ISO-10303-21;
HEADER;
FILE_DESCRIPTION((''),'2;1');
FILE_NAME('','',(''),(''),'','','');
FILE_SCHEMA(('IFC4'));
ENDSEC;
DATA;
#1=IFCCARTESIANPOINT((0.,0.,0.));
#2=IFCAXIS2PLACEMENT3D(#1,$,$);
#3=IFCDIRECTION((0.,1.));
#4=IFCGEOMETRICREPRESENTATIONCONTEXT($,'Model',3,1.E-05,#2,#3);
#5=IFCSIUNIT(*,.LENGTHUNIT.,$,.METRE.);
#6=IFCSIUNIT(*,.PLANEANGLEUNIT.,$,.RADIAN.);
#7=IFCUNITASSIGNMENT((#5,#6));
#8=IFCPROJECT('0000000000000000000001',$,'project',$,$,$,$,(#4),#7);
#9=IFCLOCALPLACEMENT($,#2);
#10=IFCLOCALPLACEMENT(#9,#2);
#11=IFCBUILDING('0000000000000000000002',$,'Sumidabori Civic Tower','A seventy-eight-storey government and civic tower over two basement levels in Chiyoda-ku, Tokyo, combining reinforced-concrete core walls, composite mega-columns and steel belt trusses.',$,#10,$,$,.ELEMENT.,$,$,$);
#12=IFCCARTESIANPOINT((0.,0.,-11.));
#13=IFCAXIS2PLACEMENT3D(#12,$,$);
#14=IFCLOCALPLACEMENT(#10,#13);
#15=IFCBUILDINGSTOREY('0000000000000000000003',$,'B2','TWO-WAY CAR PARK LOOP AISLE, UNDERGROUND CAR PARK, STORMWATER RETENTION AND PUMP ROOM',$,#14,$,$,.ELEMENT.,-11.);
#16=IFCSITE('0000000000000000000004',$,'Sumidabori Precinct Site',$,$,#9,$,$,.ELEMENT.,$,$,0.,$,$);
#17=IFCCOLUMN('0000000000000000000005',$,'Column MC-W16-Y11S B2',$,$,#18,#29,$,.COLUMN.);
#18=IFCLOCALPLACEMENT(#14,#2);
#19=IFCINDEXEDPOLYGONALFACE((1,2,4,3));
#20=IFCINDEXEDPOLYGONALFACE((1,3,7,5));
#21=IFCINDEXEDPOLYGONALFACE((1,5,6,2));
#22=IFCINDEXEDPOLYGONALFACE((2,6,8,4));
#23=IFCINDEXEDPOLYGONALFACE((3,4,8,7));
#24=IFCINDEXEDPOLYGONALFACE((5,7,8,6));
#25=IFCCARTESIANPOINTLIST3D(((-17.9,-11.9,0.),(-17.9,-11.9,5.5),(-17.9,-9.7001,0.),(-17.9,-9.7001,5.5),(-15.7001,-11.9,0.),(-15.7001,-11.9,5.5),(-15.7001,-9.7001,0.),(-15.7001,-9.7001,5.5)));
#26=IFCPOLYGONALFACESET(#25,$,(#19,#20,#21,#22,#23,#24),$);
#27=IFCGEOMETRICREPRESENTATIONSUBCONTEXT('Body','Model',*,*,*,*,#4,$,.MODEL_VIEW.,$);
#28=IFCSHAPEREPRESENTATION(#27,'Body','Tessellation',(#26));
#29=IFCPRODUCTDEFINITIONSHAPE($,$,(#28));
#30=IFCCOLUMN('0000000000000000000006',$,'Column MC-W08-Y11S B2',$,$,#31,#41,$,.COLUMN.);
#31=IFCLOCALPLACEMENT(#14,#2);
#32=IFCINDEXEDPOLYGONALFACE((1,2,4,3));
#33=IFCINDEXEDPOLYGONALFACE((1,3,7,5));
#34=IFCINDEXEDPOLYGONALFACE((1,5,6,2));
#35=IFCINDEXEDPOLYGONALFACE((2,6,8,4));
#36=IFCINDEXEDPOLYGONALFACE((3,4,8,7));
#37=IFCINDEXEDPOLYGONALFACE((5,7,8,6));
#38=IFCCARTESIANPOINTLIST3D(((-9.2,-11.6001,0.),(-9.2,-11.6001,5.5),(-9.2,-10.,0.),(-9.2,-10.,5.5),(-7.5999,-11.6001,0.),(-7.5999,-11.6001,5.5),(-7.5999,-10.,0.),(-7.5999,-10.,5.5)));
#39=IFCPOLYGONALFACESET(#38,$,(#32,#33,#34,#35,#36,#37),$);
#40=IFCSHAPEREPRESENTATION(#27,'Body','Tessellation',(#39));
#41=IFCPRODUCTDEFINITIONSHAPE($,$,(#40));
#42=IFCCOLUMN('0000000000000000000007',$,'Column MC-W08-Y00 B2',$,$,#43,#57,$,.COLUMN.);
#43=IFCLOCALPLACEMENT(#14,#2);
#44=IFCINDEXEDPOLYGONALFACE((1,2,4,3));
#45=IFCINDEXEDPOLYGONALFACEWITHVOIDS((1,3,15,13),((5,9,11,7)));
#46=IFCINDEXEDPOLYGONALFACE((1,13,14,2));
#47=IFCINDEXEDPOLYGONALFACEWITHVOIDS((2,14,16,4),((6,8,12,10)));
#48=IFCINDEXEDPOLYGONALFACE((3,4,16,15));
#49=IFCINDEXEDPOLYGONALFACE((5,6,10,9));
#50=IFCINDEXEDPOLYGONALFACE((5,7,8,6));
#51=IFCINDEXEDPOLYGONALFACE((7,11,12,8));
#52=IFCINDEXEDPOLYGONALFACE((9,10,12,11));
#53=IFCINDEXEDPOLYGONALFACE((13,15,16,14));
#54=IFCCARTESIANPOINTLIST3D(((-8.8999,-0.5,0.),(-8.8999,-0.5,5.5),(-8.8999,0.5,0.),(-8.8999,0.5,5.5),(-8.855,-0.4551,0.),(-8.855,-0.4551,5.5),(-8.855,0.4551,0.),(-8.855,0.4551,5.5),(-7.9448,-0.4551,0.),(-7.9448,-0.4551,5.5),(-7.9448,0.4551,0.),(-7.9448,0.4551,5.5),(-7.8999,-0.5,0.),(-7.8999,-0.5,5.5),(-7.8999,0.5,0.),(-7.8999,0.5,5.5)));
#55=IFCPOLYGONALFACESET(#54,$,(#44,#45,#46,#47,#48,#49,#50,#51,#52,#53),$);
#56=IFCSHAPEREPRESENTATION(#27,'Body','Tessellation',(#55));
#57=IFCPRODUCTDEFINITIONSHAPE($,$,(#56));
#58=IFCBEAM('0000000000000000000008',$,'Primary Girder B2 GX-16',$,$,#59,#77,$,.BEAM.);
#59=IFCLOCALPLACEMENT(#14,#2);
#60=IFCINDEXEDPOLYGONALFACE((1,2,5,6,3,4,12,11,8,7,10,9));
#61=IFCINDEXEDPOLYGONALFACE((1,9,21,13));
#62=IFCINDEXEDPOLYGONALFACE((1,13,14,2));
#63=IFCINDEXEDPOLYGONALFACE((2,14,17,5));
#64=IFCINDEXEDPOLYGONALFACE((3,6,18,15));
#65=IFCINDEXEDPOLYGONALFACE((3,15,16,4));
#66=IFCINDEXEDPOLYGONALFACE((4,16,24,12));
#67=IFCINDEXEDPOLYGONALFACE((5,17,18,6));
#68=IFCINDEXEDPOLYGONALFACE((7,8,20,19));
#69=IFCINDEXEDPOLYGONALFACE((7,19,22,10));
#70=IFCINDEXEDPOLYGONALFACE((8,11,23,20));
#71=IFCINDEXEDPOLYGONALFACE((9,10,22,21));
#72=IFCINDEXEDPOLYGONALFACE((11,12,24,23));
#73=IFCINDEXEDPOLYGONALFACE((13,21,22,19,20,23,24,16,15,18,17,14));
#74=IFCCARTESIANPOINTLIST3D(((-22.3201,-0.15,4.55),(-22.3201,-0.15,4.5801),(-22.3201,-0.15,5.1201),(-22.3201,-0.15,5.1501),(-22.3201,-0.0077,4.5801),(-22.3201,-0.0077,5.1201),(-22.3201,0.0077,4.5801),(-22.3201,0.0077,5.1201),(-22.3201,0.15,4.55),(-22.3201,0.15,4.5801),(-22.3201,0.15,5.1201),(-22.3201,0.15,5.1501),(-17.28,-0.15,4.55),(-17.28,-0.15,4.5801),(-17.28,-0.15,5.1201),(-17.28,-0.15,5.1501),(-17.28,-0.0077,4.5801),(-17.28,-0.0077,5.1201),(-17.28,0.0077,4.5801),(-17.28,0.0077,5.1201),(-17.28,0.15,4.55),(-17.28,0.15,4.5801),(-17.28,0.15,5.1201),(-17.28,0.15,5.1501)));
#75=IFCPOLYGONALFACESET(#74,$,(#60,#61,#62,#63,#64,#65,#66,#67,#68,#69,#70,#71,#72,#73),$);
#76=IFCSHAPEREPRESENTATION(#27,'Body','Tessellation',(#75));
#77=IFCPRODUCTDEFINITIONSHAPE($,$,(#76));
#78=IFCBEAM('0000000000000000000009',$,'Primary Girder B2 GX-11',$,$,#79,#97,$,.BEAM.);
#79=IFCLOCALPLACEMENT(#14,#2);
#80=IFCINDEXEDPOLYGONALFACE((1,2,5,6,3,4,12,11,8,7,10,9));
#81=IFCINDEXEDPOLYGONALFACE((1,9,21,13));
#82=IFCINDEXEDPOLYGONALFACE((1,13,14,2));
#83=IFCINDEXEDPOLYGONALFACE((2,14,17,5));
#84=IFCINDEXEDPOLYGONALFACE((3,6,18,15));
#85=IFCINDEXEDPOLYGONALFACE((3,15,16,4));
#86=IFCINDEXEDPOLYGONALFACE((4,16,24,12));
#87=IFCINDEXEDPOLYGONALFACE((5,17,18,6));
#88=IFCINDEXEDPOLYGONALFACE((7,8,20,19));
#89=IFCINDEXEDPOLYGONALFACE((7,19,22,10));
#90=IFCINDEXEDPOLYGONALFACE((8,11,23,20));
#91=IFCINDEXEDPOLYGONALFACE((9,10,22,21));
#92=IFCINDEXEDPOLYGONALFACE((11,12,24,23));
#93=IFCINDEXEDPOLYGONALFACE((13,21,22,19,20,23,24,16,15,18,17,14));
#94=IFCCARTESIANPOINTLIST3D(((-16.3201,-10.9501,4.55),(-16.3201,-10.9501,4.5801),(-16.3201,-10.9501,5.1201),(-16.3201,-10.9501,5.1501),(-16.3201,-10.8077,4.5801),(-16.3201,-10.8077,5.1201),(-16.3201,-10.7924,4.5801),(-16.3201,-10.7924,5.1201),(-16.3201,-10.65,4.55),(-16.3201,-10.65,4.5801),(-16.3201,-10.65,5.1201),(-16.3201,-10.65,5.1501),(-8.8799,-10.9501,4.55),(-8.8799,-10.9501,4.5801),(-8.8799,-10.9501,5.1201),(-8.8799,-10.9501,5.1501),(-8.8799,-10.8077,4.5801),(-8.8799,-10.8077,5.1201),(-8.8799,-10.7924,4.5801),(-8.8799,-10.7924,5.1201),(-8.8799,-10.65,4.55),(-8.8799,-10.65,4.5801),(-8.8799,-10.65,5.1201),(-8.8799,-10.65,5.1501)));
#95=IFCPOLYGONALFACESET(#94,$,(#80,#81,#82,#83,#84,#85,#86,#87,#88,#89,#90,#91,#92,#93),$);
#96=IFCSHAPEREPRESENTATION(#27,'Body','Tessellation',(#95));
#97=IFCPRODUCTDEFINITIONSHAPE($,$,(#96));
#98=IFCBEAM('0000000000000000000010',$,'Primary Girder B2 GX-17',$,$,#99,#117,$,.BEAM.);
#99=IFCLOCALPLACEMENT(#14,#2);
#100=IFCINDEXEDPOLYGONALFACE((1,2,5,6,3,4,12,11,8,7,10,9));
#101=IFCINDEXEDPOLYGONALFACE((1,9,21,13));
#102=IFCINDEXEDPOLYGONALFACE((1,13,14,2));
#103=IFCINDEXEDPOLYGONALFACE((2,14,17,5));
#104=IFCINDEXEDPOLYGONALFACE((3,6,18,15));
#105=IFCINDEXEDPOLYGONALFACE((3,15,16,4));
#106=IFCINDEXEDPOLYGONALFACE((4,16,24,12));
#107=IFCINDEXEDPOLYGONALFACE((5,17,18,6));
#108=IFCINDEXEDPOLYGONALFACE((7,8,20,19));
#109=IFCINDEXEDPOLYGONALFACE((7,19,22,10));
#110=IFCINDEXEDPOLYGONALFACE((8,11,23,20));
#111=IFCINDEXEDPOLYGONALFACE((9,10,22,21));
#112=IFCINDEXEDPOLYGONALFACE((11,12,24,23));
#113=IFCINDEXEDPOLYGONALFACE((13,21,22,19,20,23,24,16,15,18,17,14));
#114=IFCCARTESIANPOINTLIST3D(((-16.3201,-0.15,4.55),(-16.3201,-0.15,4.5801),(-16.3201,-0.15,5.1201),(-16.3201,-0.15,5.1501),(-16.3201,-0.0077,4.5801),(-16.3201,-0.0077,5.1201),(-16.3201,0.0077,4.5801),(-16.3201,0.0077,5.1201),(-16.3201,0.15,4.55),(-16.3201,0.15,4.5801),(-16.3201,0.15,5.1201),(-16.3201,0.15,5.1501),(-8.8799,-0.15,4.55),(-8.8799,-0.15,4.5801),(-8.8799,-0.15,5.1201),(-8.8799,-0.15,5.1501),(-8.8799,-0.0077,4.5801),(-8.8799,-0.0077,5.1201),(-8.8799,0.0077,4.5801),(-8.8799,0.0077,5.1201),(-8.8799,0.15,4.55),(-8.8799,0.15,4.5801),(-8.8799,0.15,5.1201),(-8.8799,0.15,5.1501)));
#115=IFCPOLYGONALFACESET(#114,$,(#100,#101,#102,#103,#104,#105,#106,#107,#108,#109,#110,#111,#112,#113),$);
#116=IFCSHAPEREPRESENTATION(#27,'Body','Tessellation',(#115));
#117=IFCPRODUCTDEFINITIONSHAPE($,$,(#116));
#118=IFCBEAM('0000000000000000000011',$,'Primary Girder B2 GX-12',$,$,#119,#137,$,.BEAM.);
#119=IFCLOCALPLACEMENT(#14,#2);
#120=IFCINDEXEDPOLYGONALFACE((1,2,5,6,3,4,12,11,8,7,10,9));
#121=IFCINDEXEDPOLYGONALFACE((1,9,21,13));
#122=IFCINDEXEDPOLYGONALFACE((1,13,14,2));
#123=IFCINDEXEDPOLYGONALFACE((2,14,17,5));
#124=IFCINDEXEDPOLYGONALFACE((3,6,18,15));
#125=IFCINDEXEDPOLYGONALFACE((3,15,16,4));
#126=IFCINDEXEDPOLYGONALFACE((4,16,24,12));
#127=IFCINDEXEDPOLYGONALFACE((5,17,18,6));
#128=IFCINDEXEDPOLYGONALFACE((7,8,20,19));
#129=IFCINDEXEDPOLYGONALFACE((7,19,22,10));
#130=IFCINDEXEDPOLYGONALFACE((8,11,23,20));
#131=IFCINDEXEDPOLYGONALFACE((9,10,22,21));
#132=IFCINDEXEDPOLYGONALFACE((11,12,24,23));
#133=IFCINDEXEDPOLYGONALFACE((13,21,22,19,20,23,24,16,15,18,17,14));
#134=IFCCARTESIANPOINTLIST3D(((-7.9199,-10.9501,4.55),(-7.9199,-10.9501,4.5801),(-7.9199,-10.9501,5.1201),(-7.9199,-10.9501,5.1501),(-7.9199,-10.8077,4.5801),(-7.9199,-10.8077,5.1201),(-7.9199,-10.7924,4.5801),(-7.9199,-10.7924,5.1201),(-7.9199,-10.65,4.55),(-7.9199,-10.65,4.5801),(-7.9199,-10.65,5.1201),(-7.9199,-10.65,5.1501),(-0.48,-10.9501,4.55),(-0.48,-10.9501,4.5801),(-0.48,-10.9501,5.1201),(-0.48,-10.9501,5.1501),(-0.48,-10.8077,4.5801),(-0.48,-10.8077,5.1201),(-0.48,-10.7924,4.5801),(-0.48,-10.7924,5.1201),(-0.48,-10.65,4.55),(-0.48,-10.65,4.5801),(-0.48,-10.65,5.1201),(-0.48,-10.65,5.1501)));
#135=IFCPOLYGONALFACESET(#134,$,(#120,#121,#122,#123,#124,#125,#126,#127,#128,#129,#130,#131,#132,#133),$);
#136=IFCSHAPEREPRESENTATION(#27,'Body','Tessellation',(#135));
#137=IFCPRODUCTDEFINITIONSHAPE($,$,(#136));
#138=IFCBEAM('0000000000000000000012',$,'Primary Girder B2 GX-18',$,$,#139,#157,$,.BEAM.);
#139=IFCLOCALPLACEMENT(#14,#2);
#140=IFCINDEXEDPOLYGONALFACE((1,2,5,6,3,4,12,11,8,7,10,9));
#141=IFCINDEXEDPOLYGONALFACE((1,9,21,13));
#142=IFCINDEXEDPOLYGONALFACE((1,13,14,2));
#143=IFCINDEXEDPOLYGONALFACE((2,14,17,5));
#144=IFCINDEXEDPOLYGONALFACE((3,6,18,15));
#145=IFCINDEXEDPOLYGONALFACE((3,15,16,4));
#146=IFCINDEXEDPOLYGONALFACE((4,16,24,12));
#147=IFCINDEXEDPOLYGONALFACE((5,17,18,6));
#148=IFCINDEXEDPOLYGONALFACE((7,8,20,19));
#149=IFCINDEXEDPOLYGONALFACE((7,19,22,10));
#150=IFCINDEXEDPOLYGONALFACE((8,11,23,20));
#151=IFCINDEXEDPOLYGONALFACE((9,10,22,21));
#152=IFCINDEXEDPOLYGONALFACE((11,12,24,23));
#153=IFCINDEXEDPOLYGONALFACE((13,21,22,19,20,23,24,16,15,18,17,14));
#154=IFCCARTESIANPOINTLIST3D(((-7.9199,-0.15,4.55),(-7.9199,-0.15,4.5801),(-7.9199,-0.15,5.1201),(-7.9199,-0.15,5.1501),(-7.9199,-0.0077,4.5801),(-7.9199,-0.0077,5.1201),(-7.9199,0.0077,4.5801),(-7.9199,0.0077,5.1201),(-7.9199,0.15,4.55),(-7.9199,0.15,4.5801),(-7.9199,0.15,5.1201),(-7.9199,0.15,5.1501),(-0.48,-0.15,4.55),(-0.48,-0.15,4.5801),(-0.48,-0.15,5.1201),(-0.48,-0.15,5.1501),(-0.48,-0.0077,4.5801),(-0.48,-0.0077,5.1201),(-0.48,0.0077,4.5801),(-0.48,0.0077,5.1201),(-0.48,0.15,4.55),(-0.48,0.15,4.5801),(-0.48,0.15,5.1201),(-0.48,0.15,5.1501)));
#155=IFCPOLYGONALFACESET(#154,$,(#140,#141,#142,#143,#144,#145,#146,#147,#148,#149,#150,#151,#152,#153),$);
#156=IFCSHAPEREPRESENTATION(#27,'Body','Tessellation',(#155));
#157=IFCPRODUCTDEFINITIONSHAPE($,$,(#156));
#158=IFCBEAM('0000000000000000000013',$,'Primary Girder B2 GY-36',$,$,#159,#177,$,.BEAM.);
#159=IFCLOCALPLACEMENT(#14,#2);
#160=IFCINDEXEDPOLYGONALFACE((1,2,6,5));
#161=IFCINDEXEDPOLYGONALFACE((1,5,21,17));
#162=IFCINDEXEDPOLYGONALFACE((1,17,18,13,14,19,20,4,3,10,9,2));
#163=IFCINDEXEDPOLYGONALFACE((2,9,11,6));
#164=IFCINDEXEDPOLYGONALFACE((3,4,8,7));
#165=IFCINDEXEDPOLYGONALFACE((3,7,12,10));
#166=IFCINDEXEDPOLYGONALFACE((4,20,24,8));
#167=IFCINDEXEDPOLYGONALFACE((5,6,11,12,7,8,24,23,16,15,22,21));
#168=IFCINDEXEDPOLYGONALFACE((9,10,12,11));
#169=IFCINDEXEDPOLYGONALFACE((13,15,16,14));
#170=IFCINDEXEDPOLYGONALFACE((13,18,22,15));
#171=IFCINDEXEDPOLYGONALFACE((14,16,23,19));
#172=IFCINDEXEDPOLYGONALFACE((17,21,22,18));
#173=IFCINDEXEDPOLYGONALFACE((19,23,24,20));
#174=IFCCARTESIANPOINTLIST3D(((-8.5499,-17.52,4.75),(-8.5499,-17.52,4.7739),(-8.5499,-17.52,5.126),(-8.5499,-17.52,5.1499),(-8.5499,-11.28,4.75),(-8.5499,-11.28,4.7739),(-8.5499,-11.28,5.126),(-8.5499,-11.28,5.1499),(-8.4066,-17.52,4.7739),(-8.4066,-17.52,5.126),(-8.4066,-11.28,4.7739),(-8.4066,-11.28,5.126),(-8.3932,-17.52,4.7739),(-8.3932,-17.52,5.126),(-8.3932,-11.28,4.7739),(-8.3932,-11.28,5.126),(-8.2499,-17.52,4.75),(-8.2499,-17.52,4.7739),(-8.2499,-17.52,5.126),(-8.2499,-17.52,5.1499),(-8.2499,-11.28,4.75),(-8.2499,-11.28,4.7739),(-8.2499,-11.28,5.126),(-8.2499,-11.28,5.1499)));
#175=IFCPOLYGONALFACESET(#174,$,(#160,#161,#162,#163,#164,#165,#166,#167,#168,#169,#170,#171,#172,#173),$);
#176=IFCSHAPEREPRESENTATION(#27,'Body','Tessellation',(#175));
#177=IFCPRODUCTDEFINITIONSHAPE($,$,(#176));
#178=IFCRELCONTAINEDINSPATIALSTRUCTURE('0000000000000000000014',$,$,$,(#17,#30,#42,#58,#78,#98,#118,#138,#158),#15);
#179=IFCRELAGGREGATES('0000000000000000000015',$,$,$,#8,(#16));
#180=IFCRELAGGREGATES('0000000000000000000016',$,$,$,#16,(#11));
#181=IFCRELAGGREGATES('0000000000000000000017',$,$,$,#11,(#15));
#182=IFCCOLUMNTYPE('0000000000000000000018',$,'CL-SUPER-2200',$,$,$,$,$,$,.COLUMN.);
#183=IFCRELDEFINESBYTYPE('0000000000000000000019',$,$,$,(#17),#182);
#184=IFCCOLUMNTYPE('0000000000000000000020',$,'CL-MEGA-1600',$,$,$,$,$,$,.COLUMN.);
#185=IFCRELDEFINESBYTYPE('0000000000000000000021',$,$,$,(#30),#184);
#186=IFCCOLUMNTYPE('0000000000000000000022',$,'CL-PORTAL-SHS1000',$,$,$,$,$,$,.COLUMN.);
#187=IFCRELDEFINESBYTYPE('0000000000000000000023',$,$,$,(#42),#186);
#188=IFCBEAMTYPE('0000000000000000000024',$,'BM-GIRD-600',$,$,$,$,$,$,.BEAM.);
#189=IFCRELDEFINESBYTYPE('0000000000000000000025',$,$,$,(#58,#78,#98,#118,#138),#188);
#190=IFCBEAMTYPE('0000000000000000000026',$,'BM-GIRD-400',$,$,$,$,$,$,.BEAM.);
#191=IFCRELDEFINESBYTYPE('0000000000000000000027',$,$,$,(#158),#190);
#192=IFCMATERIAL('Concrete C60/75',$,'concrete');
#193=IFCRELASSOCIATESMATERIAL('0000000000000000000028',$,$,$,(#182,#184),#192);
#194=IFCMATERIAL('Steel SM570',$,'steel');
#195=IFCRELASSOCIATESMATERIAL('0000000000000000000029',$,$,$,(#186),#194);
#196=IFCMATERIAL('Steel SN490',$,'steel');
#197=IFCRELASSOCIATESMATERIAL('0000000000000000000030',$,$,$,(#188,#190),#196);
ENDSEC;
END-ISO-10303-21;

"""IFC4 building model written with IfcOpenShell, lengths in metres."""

from ifc_helpers import new_model, si_unit, direction, frame, origin, origin_2d, place, context, subcontext, project, spatial, rectangle, hollow_rectangle, i_section, extrude, source, transform, mapped, material, material_profile, profile_set, type_object, element, save


model = new_model("IFC4")

# Units and contexts
model_context = context("Model", 3, precision=1e-05, world=origin(), true_north=direction((0.0, 1.0)))
body_context = subcontext(model_context, "Body", "Model", "MODEL_VIEW")
ifc_project = project(units=[si_unit("LENGTHUNIT", "METRE"), si_unit("PLANEANGLEUNIT", "RADIAN")], contexts=[model_context])

# Site, building, storey
site_placement = place(None, origin())
site = spatial("IfcSite", under=ifc_project, at=site_placement, Name="Sumidabori Precinct Site", CompositionType="ELEMENT", RefElevation=0.0)
building_placement = place(site_placement, origin())
building = spatial("IfcBuilding", under=site, at=building_placement, Name="Sumidabori Civic Tower", Description="A seventy-eight-storey government and civic tower over two basement levels in Chiyoda-ku, Tokyo, combining reinforced-concrete core walls, composite mega-columns and steel belt trusses.", CompositionType="ELEMENT")
storey_placement = place(building_placement, frame((0.0, 0.0, -11.0)))
storey = spatial("IfcBuildingStorey", under=building, at=storey_placement, Name="B2", Description="TWO-WAY CAR PARK LOOP AISLE, UNDERGROUND CAR PARK, STORMWATER RETENTION AND PUMP ROOM", CompositionType="ELEMENT", Elevation=-11.0)

# Columns
ifc_material_1 = material(Name="Concrete C60/75", Category="concrete")
ifc_material_profile_1 = material_profile(ifc_material_1, rectangle(XDim=2.2, YDim=2.2, at=origin_2d()), Name="RC 2200x2200")
ifc_profile_set_1 = profile_set([ifc_material_profile_1], Name="Concrete C60/75")
column_type_1 = type_object("IfcColumnType", Name="CL-SUPER-2200", PredefinedType="COLUMN", material=ifc_profile_set_1)
shared_shape_1 = source(origin(), body_context, "Body", "SweptSolid", [
    extrude(rectangle(XDim=2.2, YDim=2.2, at=origin_2d()), origin(), (0.0, 0.0, 1.0), 5.5),
])
column_1_placement = place(storey_placement, frame((-16.8, -10.8, 0.0), z_axis=(0.0, 0.0, 1.0), x_axis=(1.0, 0.0, 0.0)))
element("IfcColumn", 1, at=column_1_placement, inside=storey, type_object=column_type_1, Name="Column MC-W16-Y11S B2", PredefinedType="COLUMN", context=body_context, shape_type="MappedRepresentation", body=[
    mapped(shared_shape_1, transform((0.0, 0.0, 0.0), x_axis=(1.0, 0.0, 0.0), y_axis=(0.0, 1.0, 0.0), z_axis=(0.0, 0.0, 1.0), scale=1.0)),
])
ifc_material_profile_2 = material_profile(ifc_material_1, rectangle(XDim=1.6001, YDim=1.6001, at=origin_2d()), Name="RC 1600x1600")
ifc_profile_set_2 = profile_set([ifc_material_profile_2], Name="Concrete C60/75")
column_type_2 = type_object("IfcColumnType", Name="CL-MEGA-1600", PredefinedType="COLUMN", material=ifc_profile_set_2)
shared_shape_2 = source(origin(), body_context, "Body", "SweptSolid", [
    extrude(rectangle(XDim=1.6001, YDim=1.6001, at=origin_2d()), origin(), (0.0, 0.0, 1.0), 5.5),
])
column_2_placement = place(storey_placement, frame((-8.3999, -10.8, 0.0), z_axis=(0.0, 0.0, 1.0), x_axis=(1.0, 0.0, 0.0)))
element("IfcColumn", 2, at=column_2_placement, inside=storey, type_object=column_type_2, Name="Column MC-W08-Y11S B2", PredefinedType="COLUMN", context=body_context, shape_type="MappedRepresentation", body=[
    mapped(shared_shape_2, transform((0.0, 0.0, 0.0), x_axis=(1.0, 0.0, 0.0), y_axis=(0.0, 1.0, 0.0), z_axis=(0.0, 0.0, 1.0), scale=1.0)),
])
ifc_material_2 = material(Name="Steel SM570", Category="steel")
ifc_material_profile_3 = material_profile(ifc_material_2, hollow_rectangle(XDim=1.0, YDim=1.0, WallThickness=0.0449, at=origin_2d()), Name="SHS 1000x1000x45")
ifc_profile_set_3 = profile_set([ifc_material_profile_3], Name="Steel SM570")
column_type_3 = type_object("IfcColumnType", Name="CL-PORTAL-SHS1000", PredefinedType="COLUMN", material=ifc_profile_set_3)
shared_shape_3 = source(origin(), body_context, "Body", "SweptSolid", [
    extrude(hollow_rectangle(XDim=1.0, YDim=1.0, WallThickness=0.0449, at=origin_2d()), origin(), (0.0, 0.0, 1.0), 5.5),
])
column_3_placement = place(storey_placement, frame((-8.3999, 0.0, 0.0), z_axis=(0.0, 0.0, 1.0), x_axis=(1.0, 0.0, 0.0)))
element("IfcColumn", 3, at=column_3_placement, inside=storey, type_object=column_type_3, Name="Column MC-W08-Y00 B2", PredefinedType="COLUMN", context=body_context, shape_type="MappedRepresentation", body=[
    mapped(shared_shape_3, transform((0.0, 0.0, 0.0), x_axis=(1.0, 0.0, 0.0), y_axis=(0.0, 1.0, 0.0), z_axis=(0.0, 0.0, 1.0), scale=1.0)),
])

# Beams
ifc_material_3 = material(Name="Steel SN490", Category="steel")
ifc_material_profile_4 = material_profile(ifc_material_3, i_section(OverallWidth=0.3, OverallDepth=0.6001, WebThickness=0.0154, FlangeThickness=0.03, at=origin_2d()), Name="HE 600 B")
ifc_profile_set_4 = profile_set([ifc_material_profile_4], Name="Steel SN490")
beam_type_1 = type_object("IfcBeamType", Name="BM-GIRD-600", PredefinedType="BEAM", material=ifc_profile_set_4)
shared_shape_4 = source(origin(), body_context, "Body", "SweptSolid", [
    extrude(i_section(OverallWidth=0.3, OverallDepth=0.6001, WebThickness=0.0154, FlangeThickness=0.03, at=origin_2d()), origin(), (0.0, 0.0, 1.0), 5.04),
])
beam_1_placement = place(storey_placement, frame((-22.3201, 0.0, 4.8501), z_axis=(1.0, 0.0, 0.0), x_axis=(0.0, 1.0, 0.0)))
element("IfcBeam", 4, at=beam_1_placement, inside=storey, type_object=beam_type_1, Name="Primary Girder B2 GX-16", PredefinedType="BEAM", context=body_context, shape_type="MappedRepresentation", body=[
    mapped(shared_shape_4, transform((0.0, 0.0, 0.0), x_axis=(1.0, 0.0, 0.0), y_axis=(0.0, 1.0, 0.0), z_axis=(0.0, 0.0, 1.0), scale=1.0)),
])
shared_shape_5 = source(origin(), body_context, "Body", "SweptSolid", [
    extrude(i_section(OverallWidth=0.3, OverallDepth=0.6001, WebThickness=0.0154, FlangeThickness=0.03, at=origin_2d()), origin(), (0.0, 0.0, 1.0), 7.4402),
])
for number, where, z_axis, x_axis, name in (
    (5, (-16.3201, -10.8, 4.8501), (1.0, 0.0, 0.0), (0.0, 1.0, 0.0), "Primary Girder B2 GX-11"),
    (6, (-16.3201, 0.0, 4.8501), (1.0, 0.0, 0.0), (0.0, 1.0, 0.0), "Primary Girder B2 GX-17"),
):
    element("IfcBeam", number, at=place(storey_placement, frame(where, z_axis=z_axis, x_axis=x_axis)), inside=storey, type_object=beam_type_1, Name=name, PredefinedType="BEAM", context=body_context, shape_type="MappedRepresentation", body=[
        mapped(shared_shape_5, transform((0.0, 0.0, 0.0), x_axis=(1.0, 0.0, 0.0), y_axis=(0.0, 1.0, 0.0), z_axis=(0.0, 0.0, 1.0), scale=1.0)),
    ])
shared_shape_6 = source(origin(), body_context, "Body", "SweptSolid", [
    extrude(i_section(OverallWidth=0.3, OverallDepth=0.6001, WebThickness=0.0154, FlangeThickness=0.03, at=origin_2d()), origin(), (0.0, 0.0, 1.0), 7.4399),
])
for number, where, z_axis, x_axis, name in (
    (7, (-7.9199, -10.8, 4.8501), (1.0, 0.0, 0.0), (0.0, 1.0, 0.0), "Primary Girder B2 GX-12"),
    (8, (-7.9199, 0.0, 4.8501), (1.0, 0.0, 0.0), (0.0, 1.0, 0.0), "Primary Girder B2 GX-18"),
):
    element("IfcBeam", number, at=place(storey_placement, frame(where, z_axis=z_axis, x_axis=x_axis)), inside=storey, type_object=beam_type_1, Name=name, PredefinedType="BEAM", context=body_context, shape_type="MappedRepresentation", body=[
        mapped(shared_shape_6, transform((0.0, 0.0, 0.0), x_axis=(1.0, 0.0, 0.0), y_axis=(0.0, 1.0, 0.0), z_axis=(0.0, 0.0, 1.0), scale=1.0)),
    ])
ifc_material_profile_5 = material_profile(ifc_material_3, i_section(OverallWidth=0.3, OverallDepth=0.3999, WebThickness=0.0134, FlangeThickness=0.0239, at=origin_2d()), Name="HE 400 B")
ifc_profile_set_5 = profile_set([ifc_material_profile_5], Name="Steel SN490")
beam_type_2 = type_object("IfcBeamType", Name="BM-GIRD-400", PredefinedType="BEAM", material=ifc_profile_set_5)
shared_shape_7 = source(origin(), body_context, "Body", "SweptSolid", [
    extrude(i_section(OverallWidth=0.3, OverallDepth=0.3999, WebThickness=0.0134, FlangeThickness=0.0239, at=origin_2d()), origin(), (0.0, 0.0, 1.0), 6.24),
])
beam_2_placement = place(storey_placement, frame((-8.3999, -17.52, 4.95), z_axis=(0.0, 1.0, 0.0), x_axis=(-1.0, 0.0, 0.0)))
element("IfcBeam", 9, at=beam_2_placement, inside=storey, type_object=beam_type_2, Name="Primary Girder B2 GY-36", PredefinedType="BEAM", context=body_context, shape_type="MappedRepresentation", body=[
    mapped(shared_shape_7, transform((0.0, 0.0, 0.0), x_axis=(1.0, 0.0, 0.0), y_axis=(0.0, 1.0, 0.0), z_axis=(0.0, 0.0, 1.0), scale=1.0)),
])

save(model, "model.ifc")
